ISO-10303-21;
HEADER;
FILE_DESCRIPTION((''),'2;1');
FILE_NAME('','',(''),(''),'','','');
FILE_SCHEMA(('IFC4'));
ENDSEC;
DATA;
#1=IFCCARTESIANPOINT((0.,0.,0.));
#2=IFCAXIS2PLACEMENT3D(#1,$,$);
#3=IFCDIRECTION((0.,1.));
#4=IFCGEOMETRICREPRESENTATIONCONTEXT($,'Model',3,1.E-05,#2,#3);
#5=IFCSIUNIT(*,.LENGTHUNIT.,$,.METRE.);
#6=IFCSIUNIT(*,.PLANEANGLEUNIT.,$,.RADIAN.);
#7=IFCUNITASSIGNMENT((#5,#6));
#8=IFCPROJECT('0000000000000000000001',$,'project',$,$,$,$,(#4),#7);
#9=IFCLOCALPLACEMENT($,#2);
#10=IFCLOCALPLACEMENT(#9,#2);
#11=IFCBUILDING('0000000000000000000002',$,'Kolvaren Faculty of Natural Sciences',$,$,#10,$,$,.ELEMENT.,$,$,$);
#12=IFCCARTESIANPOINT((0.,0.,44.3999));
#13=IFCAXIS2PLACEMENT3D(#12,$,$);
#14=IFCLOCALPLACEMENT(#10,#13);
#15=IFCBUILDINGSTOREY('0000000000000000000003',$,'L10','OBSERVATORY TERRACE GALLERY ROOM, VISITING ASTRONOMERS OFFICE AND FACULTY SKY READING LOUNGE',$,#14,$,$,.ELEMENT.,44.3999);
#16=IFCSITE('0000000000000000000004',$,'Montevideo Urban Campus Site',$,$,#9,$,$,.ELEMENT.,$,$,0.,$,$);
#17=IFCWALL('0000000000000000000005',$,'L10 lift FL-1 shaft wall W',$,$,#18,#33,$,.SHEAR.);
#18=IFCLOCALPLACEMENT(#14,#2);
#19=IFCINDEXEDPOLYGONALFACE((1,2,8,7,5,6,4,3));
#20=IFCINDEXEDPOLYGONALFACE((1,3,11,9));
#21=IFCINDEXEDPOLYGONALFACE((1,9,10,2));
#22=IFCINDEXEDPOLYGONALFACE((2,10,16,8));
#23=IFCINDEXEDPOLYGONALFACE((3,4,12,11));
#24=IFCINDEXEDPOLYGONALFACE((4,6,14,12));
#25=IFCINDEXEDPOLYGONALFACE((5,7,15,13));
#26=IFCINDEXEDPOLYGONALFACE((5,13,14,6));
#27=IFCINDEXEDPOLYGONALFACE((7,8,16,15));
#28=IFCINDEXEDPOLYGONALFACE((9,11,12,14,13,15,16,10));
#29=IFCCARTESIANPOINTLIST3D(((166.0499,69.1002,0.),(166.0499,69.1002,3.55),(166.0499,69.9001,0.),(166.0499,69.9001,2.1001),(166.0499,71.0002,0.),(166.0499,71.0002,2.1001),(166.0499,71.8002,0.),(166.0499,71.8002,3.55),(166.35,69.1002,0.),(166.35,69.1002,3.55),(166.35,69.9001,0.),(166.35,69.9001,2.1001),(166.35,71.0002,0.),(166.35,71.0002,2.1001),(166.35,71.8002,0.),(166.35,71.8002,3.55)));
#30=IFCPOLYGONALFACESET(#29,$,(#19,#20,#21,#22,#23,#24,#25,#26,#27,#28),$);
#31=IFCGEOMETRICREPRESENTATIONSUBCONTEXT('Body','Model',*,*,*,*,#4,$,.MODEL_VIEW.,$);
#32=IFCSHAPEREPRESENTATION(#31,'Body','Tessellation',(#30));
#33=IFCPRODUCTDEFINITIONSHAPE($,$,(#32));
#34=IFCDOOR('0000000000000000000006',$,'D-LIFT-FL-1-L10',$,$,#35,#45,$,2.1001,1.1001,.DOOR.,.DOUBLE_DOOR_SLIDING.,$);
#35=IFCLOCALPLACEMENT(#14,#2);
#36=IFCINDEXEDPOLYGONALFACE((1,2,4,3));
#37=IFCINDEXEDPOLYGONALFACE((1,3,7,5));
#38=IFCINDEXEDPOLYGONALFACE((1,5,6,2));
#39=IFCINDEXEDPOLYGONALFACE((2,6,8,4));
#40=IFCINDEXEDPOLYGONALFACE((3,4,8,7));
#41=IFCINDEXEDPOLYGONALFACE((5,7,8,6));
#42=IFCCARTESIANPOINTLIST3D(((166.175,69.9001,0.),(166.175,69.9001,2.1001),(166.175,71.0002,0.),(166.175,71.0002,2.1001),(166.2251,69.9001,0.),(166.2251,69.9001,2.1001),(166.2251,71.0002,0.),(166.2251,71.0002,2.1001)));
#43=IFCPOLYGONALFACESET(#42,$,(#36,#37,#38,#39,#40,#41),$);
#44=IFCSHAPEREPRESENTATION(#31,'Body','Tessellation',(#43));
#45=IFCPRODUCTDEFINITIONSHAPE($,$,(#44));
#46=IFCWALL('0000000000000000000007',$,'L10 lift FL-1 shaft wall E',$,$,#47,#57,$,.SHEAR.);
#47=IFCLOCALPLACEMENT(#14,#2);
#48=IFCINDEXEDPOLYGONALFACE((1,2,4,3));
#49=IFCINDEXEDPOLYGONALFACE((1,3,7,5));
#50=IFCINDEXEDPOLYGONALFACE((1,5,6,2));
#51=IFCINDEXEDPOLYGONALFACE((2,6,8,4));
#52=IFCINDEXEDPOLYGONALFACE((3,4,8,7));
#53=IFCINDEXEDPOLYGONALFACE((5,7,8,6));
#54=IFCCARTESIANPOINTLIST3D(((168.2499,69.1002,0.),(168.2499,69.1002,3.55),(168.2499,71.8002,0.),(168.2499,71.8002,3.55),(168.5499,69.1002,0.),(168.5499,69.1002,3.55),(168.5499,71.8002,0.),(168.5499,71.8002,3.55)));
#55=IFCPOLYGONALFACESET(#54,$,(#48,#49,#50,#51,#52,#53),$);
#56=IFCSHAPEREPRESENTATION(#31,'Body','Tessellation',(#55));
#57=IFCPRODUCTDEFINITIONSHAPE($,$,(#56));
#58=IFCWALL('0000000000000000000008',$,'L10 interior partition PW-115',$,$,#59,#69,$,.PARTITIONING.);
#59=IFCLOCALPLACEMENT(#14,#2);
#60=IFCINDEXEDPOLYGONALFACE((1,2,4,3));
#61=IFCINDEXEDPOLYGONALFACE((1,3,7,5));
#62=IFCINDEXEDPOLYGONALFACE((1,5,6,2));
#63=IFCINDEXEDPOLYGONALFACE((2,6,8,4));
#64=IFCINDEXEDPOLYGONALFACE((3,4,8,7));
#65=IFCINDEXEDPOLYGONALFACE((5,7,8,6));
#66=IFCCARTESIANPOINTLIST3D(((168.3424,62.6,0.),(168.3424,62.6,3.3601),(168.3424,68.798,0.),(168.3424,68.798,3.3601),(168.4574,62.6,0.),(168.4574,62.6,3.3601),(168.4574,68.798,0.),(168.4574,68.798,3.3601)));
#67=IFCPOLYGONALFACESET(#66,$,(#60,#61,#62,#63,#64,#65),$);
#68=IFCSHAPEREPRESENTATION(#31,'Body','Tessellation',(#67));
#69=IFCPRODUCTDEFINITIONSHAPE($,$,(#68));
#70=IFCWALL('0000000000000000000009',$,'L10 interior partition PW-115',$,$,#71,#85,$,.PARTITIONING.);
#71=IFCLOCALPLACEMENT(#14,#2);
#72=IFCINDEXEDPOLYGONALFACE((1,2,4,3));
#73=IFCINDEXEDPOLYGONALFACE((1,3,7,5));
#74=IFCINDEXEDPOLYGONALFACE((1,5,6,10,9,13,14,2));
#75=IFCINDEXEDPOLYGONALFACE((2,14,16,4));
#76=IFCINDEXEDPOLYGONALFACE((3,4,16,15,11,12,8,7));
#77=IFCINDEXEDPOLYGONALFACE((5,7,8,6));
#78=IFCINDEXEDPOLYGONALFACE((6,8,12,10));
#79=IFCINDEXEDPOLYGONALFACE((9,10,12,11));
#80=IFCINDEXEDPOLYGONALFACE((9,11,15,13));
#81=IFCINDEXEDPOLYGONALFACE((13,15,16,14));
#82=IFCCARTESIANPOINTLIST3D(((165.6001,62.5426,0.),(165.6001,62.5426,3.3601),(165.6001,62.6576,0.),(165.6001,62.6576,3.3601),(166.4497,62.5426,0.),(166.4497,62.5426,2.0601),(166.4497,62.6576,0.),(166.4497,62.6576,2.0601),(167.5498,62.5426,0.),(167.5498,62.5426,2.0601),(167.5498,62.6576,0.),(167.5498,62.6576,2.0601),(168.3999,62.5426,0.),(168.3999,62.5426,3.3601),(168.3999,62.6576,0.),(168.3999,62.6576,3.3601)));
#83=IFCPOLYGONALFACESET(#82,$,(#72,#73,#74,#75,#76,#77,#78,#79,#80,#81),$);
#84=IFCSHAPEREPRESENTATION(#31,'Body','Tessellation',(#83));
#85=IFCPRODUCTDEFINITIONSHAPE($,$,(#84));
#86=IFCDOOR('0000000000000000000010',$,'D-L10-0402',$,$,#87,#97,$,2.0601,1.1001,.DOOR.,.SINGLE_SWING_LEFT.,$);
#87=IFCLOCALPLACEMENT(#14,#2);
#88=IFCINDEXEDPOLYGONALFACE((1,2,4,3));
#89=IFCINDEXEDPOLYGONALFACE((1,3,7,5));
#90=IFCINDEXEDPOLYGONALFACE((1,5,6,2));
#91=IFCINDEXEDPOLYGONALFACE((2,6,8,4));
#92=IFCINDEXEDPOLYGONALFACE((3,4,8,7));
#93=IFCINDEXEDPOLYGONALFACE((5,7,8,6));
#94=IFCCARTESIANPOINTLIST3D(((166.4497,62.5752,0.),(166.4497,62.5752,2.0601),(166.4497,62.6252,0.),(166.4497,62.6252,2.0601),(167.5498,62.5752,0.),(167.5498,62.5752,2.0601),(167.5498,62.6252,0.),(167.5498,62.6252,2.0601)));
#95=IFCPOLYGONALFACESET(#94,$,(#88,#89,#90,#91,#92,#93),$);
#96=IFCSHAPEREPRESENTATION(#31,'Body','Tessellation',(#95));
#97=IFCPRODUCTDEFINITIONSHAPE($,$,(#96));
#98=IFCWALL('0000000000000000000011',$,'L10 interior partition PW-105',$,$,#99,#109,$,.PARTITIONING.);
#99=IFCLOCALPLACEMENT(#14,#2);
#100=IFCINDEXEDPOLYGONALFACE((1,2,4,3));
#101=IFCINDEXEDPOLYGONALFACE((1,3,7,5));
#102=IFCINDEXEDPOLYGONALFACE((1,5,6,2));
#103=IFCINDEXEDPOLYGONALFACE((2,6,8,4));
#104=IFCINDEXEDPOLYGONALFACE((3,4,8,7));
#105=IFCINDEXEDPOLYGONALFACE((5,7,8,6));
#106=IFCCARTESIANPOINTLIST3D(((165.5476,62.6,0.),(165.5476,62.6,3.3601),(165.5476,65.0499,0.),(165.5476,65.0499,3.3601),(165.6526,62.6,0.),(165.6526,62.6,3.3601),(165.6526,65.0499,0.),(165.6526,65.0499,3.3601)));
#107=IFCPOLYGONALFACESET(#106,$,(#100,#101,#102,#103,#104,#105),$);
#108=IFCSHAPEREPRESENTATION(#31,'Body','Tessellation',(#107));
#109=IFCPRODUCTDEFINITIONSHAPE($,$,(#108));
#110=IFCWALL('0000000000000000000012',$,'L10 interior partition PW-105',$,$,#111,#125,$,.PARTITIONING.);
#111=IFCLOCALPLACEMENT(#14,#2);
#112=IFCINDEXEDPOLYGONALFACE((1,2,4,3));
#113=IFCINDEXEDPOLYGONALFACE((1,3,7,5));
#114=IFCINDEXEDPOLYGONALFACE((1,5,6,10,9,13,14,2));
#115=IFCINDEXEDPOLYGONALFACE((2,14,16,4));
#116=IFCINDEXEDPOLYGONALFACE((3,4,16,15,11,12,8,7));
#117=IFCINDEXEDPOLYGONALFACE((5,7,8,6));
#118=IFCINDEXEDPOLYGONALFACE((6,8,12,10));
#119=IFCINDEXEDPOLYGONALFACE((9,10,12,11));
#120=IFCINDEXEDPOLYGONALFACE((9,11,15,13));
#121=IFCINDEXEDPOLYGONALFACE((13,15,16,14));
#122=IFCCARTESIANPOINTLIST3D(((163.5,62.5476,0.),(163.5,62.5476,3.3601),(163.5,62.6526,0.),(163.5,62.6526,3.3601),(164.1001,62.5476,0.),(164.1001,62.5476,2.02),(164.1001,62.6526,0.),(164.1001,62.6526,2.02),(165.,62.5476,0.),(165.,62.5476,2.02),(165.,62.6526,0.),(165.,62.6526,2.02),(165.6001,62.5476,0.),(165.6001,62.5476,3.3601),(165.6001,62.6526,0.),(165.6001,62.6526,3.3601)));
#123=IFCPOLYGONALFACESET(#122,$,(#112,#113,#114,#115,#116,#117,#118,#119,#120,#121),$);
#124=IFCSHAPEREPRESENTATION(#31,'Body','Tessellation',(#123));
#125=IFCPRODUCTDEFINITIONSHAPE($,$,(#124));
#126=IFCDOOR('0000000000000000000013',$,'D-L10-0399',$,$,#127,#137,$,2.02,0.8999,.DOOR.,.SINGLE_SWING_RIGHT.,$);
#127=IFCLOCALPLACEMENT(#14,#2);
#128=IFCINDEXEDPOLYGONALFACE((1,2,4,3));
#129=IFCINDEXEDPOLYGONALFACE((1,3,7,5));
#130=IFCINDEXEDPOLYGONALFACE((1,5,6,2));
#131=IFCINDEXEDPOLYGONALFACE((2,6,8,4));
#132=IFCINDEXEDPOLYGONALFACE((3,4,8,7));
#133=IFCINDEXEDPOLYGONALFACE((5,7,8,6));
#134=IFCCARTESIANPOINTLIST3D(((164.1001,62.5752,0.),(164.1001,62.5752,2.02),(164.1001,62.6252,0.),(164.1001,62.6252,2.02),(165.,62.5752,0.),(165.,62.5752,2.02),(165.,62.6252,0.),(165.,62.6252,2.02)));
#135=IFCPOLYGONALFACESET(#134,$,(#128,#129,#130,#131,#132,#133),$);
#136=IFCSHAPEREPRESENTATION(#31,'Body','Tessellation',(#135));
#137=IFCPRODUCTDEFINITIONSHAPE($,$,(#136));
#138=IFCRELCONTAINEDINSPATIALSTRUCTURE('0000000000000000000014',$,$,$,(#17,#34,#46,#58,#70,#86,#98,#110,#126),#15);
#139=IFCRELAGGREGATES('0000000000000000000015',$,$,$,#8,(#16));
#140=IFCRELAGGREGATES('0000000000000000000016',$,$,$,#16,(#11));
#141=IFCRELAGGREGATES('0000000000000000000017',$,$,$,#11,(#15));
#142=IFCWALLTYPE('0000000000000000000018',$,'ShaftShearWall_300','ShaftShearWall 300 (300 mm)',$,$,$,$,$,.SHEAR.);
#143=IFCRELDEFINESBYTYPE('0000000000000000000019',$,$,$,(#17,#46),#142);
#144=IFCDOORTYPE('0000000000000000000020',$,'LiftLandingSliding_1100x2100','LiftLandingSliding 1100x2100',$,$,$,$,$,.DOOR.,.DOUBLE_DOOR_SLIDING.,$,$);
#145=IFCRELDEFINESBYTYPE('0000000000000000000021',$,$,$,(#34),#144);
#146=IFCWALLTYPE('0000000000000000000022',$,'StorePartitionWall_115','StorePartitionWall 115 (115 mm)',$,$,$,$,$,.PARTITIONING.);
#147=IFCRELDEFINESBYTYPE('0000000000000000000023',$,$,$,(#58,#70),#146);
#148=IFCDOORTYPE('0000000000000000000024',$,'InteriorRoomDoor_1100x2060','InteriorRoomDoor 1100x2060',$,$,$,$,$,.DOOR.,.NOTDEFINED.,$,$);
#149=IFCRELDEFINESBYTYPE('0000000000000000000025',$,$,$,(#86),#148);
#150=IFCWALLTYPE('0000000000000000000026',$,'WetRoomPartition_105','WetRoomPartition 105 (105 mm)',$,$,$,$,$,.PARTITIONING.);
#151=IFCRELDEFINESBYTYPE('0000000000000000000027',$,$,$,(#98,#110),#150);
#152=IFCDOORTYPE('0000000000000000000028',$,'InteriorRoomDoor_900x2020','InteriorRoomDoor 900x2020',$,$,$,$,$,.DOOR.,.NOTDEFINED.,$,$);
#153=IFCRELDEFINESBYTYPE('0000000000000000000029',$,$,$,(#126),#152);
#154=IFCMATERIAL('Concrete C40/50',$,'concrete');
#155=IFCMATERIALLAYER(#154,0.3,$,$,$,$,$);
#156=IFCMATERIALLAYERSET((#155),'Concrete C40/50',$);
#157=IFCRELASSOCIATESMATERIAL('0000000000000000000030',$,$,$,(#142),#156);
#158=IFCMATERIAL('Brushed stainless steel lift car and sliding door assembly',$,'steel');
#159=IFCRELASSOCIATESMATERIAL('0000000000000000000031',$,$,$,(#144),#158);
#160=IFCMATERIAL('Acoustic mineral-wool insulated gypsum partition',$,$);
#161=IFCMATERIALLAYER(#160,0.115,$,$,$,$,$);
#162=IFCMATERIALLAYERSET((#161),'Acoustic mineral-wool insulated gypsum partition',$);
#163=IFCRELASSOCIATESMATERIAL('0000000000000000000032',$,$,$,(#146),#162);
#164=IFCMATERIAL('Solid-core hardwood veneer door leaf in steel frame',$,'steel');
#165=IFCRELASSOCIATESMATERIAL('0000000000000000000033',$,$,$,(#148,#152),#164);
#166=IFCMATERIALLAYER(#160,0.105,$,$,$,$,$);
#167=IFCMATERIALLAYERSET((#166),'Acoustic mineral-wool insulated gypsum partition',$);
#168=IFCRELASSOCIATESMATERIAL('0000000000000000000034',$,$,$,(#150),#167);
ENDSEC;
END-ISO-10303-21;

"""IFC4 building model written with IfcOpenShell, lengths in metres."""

from ifc_helpers import new_model, si_unit, direction, frame, frame_2d, origin, place, context, subcontext, project, spatial, rectangle, extrude, material, layer, layer_set, type_object, element, fill, save


model = new_model("IFC4")

# Units and contexts
model_context = context("Model", 3, precision=1e-05, world=origin(), true_north=direction((0.0, 1.0)))
body_context = subcontext(model_context, "Body", "Model", "MODEL_VIEW")
ifc_project = project(units=[si_unit("LENGTHUNIT", "METRE"), si_unit("PLANEANGLEUNIT", "RADIAN")], contexts=[model_context])

# Site, building, storey
site_placement = place(None, origin())
site = spatial("IfcSite", under=ifc_project, at=site_placement, Name="Montevideo Urban Campus Site", CompositionType="ELEMENT", RefElevation=0.0)
building_placement = place(site_placement, origin())
building = spatial("IfcBuilding", under=site, at=building_placement, Name="Kolvaren Faculty of Natural Sciences", CompositionType="ELEMENT")
storey_placement = place(building_placement, frame((0.0, 0.0, 44.3999)))
storey = spatial("IfcBuildingStorey", under=building, at=storey_placement, Name="L10", Description="OBSERVATORY TERRACE GALLERY ROOM, VISITING ASTRONOMERS OFFICE AND FACULTY SKY READING LOUNGE", CompositionType="ELEMENT", Elevation=44.3999)

# Shared definitions
ifc_material_1 = material(Name="Concrete C40/50", Category="concrete")

# Shared definitions
ifc_layer_1 = layer(ifc_material_1, 0.3)
ifc_layer_set_1 = layer_set([ifc_layer_1], Name="Concrete C40/50")
wall_type_1 = type_object("IfcWallType", Name="ShaftShearWall_300", Description="ShaftShearWall 300 (300 mm)", PredefinedType="SHEAR", material=ifc_layer_set_1)

# Wall, opening, door
wall_1_placement = place(storey_placement, frame((166.2, 69.1001, 0.0), z_axis=(0.0, 0.0, 1.0), x_axis=(0.0, 1.0, 0.0)))
wall_1 = element("IfcWall", 1, at=wall_1_placement, inside=storey, type_object=wall_type_1, Name="L10 lift FL-1 shaft wall W", PredefinedType="SHEAR", context=body_context, shape_type="SweptSolid", body=[
    extrude(rectangle(XDim=2.7, YDim=0.3, at=frame_2d((1.3501, 0.0))), origin(), (0.0, 0.0, 1.0), 3.55),
])
opening_1_placement = place(wall_1_placement, frame((0.8, 0.0, 0.0)))
opening_1 = element("IfcOpeningElement", 2, at=opening_1_placement, cuts=wall_1, PredefinedType="OPENING", context=body_context, shape_type="SweptSolid", body=[
    extrude(rectangle(XDim=1.1001, YDim=2.1001, at=frame_2d((0.55, 1.05))), frame((0.0, 0.1599, 0.0), z_axis=(0.0, -1.0, 0.0), x_axis=(1.0, 0.0, 0.0)), (0.0, 0.0, 1.0), 0.3201),
])
ifc_material_2 = material(Name="Brushed stainless steel lift car and sliding door assembly", Category="steel")
door_type_1 = type_object("IfcDoorType", Name="LiftLandingSliding_1100x2100", Description="LiftLandingSliding 1100x2100", OperationType="DOUBLE_DOOR_SLIDING", PredefinedType="DOOR", material=ifc_material_2)
door_1_placement = place(opening_1_placement, origin())
door_1 = element("IfcDoor", 3, at=door_1_placement, inside=storey, type_object=door_type_1, Name="D-LIFT-FL-1-L10", OperationType="DOUBLE_DOOR_SLIDING", OverallHeight=2.1001, OverallWidth=1.1001, PredefinedType="DOOR", context=body_context, shape_type="SweptSolid", body=[
    extrude(rectangle(XDim=1.1001, YDim=2.1001, at=frame_2d((0.55, 1.05))), frame((0.0, 0.0249, 0.0), z_axis=(0.0, -1.0, 0.0), x_axis=(1.0, 0.0, 0.0)), (0.0, 0.0, 1.0), 0.05),
])
fill(opening_1, door_1)

# Walls
wall_2_placement = place(storey_placement, frame((168.3999, 69.1001, 0.0), z_axis=(0.0, 0.0, 1.0), x_axis=(0.0, 1.0, 0.0)))
element("IfcWall", 4, at=wall_2_placement, inside=storey, type_object=wall_type_1, Name="L10 lift FL-1 shaft wall E", PredefinedType="SHEAR", context=body_context, shape_type="SweptSolid", body=[
    extrude(rectangle(XDim=2.7, YDim=0.3, at=frame_2d((1.3501, 0.0))), origin(), (0.0, 0.0, 1.0), 3.55),
])
ifc_material_3 = material(Name="Acoustic mineral-wool insulated gypsum partition")
ifc_layer_2 = layer(ifc_material_3, 0.115)
ifc_layer_set_2 = layer_set([ifc_layer_2], Name="Acoustic mineral-wool insulated gypsum partition")
wall_type_2 = type_object("IfcWallType", Name="StorePartitionWall_115", Description="StorePartitionWall 115 (115 mm)", PredefinedType="PARTITIONING", material=ifc_layer_set_2)
wall_3_placement = place(storey_placement, frame((168.3999, 68.7981, 0.0), z_axis=(0.0, 0.0, 1.0), x_axis=(0.0, -1.0, 0.0)))
element("IfcWall", 5, at=wall_3_placement, inside=storey, type_object=wall_type_2, Name="L10 interior partition PW-115", PredefinedType="PARTITIONING", context=body_context, shape_type="SweptSolid", body=[
    extrude(rectangle(XDim=6.198, YDim=0.115, at=frame_2d((3.0991, 0.0))), origin(), (0.0, 0.0, 1.0), 3.3601),
])

# Wall, opening, door
wall_4_placement = place(storey_placement, frame((168.3999, 62.6001, 0.0), z_axis=(0.0, 0.0, 1.0), x_axis=(-1.0, 0.0, 0.0)))
wall_4 = element("IfcWall", 6, at=wall_4_placement, inside=storey, type_object=wall_type_2, Name="L10 interior partition PW-115", PredefinedType="PARTITIONING", context=body_context, shape_type="SweptSolid", body=[
    extrude(rectangle(XDim=2.7998, YDim=0.115, at=frame_2d((1.3999, 0.0))), origin(), (0.0, 0.0, 1.0), 3.3601),
])
opening_2_placement = place(wall_4_placement, frame((0.8501, 0.0, 0.0)))
opening_2 = element("IfcOpeningElement", 7, at=opening_2_placement, cuts=wall_4, PredefinedType="OPENING", context=body_context, shape_type="SweptSolid", body=[
    extrude(rectangle(XDim=1.1001, YDim=2.0601, at=frame_2d((0.55, 1.03))), frame((0.0, 0.0674, 0.0), z_axis=(0.0, -1.0, 0.0), x_axis=(1.0, 0.0, 0.0)), (0.0, 0.0, 1.0), 0.135),
])
ifc_material_4 = material(Name="Solid-core hardwood veneer door leaf in steel frame", Category="steel")
door_type_2 = type_object("IfcDoorType", Name="InteriorRoomDoor_1100x2060", Description="InteriorRoomDoor 1100x2060", OperationType="NOTDEFINED", PredefinedType="DOOR", material=ifc_material_4)
door_2_placement = place(opening_2_placement, origin())
door_2 = element("IfcDoor", 8, at=door_2_placement, inside=storey, type_object=door_type_2, Name="D-L10-0402", OperationType="SINGLE_SWING_LEFT", OverallHeight=2.0601, OverallWidth=1.1001, PredefinedType="DOOR", context=body_context, shape_type="SweptSolid", body=[
    extrude(rectangle(XDim=1.1001, YDim=2.0601, at=frame_2d((0.55, 1.03))), frame((0.0, 0.0249, 0.0), z_axis=(0.0, -1.0, 0.0), x_axis=(1.0, 0.0, 0.0)), (0.0, 0.0, 1.0), 0.05),
])
fill(opening_2, door_2)

# Wall
ifc_layer_3 = layer(ifc_material_3, 0.105)
ifc_layer_set_3 = layer_set([ifc_layer_3], Name="Acoustic mineral-wool insulated gypsum partition")
wall_type_3 = type_object("IfcWallType", Name="WetRoomPartition_105", Description="WetRoomPartition 105 (105 mm)", PredefinedType="PARTITIONING", material=ifc_layer_set_3)
wall_5_placement = place(storey_placement, frame((165.6001, 65.05, 0.0), z_axis=(0.0, 0.0, 1.0), x_axis=(0.0, -1.0, 0.0)))
element("IfcWall", 9, at=wall_5_placement, inside=storey, type_object=wall_type_3, Name="L10 interior partition PW-105", PredefinedType="PARTITIONING", context=body_context, shape_type="SweptSolid", body=[
    extrude(rectangle(XDim=2.45, YDim=0.105, at=frame_2d((1.2251, 0.0))), origin(), (0.0, 0.0, 1.0), 3.3601),
])

# Wall, opening, door
wall_6_placement = place(storey_placement, frame((165.6001, 62.6001, 0.0), z_axis=(0.0, 0.0, 1.0), x_axis=(-1.0, 0.0, 0.0)))
wall_6 = element("IfcWall", 10, at=wall_6_placement, inside=storey, type_object=wall_type_3, Name="L10 interior partition PW-105", PredefinedType="PARTITIONING", context=body_context, shape_type="SweptSolid", body=[
    extrude(rectangle(XDim=2.1001, YDim=0.105, at=frame_2d((1.05, 0.0))), origin(), (0.0, 0.0, 1.0), 3.3601),
])
opening_3_placement = place(wall_6_placement, frame((0.6001, 0.0, 0.0)))
opening_3 = element("IfcOpeningElement", 11, at=opening_3_placement, cuts=wall_6, PredefinedType="OPENING", context=body_context, shape_type="SweptSolid", body=[
    extrude(rectangle(XDim=0.8999, YDim=2.02, at=frame_2d((0.45, 1.01))), frame((0.0, 0.0625, 0.0), z_axis=(0.0, -1.0, 0.0), x_axis=(1.0, 0.0, 0.0)), (0.0, 0.0, 1.0), 0.125),
])
door_type_3 = type_object("IfcDoorType", Name="InteriorRoomDoor_900x2020", Description="InteriorRoomDoor 900x2020", OperationType="NOTDEFINED", PredefinedType="DOOR", material=ifc_material_4)
door_3_placement = place(opening_3_placement, origin())
door_3 = element("IfcDoor", 12, at=door_3_placement, inside=storey, type_object=door_type_3, Name="D-L10-0399", OperationType="SINGLE_SWING_RIGHT", OverallHeight=2.02, OverallWidth=0.8999, PredefinedType="DOOR", context=body_context, shape_type="SweptSolid", body=[
    extrude(rectangle(XDim=0.8999, YDim=2.02, at=frame_2d((0.45, 1.01))), frame((0.0, 0.0249, 0.0), z_axis=(0.0, -1.0, 0.0), x_axis=(1.0, 0.0, 0.0)), (0.0, 0.0, 1.0), 0.05),
])
fill(opening_3, door_3)

save(model, "model.ifc")
